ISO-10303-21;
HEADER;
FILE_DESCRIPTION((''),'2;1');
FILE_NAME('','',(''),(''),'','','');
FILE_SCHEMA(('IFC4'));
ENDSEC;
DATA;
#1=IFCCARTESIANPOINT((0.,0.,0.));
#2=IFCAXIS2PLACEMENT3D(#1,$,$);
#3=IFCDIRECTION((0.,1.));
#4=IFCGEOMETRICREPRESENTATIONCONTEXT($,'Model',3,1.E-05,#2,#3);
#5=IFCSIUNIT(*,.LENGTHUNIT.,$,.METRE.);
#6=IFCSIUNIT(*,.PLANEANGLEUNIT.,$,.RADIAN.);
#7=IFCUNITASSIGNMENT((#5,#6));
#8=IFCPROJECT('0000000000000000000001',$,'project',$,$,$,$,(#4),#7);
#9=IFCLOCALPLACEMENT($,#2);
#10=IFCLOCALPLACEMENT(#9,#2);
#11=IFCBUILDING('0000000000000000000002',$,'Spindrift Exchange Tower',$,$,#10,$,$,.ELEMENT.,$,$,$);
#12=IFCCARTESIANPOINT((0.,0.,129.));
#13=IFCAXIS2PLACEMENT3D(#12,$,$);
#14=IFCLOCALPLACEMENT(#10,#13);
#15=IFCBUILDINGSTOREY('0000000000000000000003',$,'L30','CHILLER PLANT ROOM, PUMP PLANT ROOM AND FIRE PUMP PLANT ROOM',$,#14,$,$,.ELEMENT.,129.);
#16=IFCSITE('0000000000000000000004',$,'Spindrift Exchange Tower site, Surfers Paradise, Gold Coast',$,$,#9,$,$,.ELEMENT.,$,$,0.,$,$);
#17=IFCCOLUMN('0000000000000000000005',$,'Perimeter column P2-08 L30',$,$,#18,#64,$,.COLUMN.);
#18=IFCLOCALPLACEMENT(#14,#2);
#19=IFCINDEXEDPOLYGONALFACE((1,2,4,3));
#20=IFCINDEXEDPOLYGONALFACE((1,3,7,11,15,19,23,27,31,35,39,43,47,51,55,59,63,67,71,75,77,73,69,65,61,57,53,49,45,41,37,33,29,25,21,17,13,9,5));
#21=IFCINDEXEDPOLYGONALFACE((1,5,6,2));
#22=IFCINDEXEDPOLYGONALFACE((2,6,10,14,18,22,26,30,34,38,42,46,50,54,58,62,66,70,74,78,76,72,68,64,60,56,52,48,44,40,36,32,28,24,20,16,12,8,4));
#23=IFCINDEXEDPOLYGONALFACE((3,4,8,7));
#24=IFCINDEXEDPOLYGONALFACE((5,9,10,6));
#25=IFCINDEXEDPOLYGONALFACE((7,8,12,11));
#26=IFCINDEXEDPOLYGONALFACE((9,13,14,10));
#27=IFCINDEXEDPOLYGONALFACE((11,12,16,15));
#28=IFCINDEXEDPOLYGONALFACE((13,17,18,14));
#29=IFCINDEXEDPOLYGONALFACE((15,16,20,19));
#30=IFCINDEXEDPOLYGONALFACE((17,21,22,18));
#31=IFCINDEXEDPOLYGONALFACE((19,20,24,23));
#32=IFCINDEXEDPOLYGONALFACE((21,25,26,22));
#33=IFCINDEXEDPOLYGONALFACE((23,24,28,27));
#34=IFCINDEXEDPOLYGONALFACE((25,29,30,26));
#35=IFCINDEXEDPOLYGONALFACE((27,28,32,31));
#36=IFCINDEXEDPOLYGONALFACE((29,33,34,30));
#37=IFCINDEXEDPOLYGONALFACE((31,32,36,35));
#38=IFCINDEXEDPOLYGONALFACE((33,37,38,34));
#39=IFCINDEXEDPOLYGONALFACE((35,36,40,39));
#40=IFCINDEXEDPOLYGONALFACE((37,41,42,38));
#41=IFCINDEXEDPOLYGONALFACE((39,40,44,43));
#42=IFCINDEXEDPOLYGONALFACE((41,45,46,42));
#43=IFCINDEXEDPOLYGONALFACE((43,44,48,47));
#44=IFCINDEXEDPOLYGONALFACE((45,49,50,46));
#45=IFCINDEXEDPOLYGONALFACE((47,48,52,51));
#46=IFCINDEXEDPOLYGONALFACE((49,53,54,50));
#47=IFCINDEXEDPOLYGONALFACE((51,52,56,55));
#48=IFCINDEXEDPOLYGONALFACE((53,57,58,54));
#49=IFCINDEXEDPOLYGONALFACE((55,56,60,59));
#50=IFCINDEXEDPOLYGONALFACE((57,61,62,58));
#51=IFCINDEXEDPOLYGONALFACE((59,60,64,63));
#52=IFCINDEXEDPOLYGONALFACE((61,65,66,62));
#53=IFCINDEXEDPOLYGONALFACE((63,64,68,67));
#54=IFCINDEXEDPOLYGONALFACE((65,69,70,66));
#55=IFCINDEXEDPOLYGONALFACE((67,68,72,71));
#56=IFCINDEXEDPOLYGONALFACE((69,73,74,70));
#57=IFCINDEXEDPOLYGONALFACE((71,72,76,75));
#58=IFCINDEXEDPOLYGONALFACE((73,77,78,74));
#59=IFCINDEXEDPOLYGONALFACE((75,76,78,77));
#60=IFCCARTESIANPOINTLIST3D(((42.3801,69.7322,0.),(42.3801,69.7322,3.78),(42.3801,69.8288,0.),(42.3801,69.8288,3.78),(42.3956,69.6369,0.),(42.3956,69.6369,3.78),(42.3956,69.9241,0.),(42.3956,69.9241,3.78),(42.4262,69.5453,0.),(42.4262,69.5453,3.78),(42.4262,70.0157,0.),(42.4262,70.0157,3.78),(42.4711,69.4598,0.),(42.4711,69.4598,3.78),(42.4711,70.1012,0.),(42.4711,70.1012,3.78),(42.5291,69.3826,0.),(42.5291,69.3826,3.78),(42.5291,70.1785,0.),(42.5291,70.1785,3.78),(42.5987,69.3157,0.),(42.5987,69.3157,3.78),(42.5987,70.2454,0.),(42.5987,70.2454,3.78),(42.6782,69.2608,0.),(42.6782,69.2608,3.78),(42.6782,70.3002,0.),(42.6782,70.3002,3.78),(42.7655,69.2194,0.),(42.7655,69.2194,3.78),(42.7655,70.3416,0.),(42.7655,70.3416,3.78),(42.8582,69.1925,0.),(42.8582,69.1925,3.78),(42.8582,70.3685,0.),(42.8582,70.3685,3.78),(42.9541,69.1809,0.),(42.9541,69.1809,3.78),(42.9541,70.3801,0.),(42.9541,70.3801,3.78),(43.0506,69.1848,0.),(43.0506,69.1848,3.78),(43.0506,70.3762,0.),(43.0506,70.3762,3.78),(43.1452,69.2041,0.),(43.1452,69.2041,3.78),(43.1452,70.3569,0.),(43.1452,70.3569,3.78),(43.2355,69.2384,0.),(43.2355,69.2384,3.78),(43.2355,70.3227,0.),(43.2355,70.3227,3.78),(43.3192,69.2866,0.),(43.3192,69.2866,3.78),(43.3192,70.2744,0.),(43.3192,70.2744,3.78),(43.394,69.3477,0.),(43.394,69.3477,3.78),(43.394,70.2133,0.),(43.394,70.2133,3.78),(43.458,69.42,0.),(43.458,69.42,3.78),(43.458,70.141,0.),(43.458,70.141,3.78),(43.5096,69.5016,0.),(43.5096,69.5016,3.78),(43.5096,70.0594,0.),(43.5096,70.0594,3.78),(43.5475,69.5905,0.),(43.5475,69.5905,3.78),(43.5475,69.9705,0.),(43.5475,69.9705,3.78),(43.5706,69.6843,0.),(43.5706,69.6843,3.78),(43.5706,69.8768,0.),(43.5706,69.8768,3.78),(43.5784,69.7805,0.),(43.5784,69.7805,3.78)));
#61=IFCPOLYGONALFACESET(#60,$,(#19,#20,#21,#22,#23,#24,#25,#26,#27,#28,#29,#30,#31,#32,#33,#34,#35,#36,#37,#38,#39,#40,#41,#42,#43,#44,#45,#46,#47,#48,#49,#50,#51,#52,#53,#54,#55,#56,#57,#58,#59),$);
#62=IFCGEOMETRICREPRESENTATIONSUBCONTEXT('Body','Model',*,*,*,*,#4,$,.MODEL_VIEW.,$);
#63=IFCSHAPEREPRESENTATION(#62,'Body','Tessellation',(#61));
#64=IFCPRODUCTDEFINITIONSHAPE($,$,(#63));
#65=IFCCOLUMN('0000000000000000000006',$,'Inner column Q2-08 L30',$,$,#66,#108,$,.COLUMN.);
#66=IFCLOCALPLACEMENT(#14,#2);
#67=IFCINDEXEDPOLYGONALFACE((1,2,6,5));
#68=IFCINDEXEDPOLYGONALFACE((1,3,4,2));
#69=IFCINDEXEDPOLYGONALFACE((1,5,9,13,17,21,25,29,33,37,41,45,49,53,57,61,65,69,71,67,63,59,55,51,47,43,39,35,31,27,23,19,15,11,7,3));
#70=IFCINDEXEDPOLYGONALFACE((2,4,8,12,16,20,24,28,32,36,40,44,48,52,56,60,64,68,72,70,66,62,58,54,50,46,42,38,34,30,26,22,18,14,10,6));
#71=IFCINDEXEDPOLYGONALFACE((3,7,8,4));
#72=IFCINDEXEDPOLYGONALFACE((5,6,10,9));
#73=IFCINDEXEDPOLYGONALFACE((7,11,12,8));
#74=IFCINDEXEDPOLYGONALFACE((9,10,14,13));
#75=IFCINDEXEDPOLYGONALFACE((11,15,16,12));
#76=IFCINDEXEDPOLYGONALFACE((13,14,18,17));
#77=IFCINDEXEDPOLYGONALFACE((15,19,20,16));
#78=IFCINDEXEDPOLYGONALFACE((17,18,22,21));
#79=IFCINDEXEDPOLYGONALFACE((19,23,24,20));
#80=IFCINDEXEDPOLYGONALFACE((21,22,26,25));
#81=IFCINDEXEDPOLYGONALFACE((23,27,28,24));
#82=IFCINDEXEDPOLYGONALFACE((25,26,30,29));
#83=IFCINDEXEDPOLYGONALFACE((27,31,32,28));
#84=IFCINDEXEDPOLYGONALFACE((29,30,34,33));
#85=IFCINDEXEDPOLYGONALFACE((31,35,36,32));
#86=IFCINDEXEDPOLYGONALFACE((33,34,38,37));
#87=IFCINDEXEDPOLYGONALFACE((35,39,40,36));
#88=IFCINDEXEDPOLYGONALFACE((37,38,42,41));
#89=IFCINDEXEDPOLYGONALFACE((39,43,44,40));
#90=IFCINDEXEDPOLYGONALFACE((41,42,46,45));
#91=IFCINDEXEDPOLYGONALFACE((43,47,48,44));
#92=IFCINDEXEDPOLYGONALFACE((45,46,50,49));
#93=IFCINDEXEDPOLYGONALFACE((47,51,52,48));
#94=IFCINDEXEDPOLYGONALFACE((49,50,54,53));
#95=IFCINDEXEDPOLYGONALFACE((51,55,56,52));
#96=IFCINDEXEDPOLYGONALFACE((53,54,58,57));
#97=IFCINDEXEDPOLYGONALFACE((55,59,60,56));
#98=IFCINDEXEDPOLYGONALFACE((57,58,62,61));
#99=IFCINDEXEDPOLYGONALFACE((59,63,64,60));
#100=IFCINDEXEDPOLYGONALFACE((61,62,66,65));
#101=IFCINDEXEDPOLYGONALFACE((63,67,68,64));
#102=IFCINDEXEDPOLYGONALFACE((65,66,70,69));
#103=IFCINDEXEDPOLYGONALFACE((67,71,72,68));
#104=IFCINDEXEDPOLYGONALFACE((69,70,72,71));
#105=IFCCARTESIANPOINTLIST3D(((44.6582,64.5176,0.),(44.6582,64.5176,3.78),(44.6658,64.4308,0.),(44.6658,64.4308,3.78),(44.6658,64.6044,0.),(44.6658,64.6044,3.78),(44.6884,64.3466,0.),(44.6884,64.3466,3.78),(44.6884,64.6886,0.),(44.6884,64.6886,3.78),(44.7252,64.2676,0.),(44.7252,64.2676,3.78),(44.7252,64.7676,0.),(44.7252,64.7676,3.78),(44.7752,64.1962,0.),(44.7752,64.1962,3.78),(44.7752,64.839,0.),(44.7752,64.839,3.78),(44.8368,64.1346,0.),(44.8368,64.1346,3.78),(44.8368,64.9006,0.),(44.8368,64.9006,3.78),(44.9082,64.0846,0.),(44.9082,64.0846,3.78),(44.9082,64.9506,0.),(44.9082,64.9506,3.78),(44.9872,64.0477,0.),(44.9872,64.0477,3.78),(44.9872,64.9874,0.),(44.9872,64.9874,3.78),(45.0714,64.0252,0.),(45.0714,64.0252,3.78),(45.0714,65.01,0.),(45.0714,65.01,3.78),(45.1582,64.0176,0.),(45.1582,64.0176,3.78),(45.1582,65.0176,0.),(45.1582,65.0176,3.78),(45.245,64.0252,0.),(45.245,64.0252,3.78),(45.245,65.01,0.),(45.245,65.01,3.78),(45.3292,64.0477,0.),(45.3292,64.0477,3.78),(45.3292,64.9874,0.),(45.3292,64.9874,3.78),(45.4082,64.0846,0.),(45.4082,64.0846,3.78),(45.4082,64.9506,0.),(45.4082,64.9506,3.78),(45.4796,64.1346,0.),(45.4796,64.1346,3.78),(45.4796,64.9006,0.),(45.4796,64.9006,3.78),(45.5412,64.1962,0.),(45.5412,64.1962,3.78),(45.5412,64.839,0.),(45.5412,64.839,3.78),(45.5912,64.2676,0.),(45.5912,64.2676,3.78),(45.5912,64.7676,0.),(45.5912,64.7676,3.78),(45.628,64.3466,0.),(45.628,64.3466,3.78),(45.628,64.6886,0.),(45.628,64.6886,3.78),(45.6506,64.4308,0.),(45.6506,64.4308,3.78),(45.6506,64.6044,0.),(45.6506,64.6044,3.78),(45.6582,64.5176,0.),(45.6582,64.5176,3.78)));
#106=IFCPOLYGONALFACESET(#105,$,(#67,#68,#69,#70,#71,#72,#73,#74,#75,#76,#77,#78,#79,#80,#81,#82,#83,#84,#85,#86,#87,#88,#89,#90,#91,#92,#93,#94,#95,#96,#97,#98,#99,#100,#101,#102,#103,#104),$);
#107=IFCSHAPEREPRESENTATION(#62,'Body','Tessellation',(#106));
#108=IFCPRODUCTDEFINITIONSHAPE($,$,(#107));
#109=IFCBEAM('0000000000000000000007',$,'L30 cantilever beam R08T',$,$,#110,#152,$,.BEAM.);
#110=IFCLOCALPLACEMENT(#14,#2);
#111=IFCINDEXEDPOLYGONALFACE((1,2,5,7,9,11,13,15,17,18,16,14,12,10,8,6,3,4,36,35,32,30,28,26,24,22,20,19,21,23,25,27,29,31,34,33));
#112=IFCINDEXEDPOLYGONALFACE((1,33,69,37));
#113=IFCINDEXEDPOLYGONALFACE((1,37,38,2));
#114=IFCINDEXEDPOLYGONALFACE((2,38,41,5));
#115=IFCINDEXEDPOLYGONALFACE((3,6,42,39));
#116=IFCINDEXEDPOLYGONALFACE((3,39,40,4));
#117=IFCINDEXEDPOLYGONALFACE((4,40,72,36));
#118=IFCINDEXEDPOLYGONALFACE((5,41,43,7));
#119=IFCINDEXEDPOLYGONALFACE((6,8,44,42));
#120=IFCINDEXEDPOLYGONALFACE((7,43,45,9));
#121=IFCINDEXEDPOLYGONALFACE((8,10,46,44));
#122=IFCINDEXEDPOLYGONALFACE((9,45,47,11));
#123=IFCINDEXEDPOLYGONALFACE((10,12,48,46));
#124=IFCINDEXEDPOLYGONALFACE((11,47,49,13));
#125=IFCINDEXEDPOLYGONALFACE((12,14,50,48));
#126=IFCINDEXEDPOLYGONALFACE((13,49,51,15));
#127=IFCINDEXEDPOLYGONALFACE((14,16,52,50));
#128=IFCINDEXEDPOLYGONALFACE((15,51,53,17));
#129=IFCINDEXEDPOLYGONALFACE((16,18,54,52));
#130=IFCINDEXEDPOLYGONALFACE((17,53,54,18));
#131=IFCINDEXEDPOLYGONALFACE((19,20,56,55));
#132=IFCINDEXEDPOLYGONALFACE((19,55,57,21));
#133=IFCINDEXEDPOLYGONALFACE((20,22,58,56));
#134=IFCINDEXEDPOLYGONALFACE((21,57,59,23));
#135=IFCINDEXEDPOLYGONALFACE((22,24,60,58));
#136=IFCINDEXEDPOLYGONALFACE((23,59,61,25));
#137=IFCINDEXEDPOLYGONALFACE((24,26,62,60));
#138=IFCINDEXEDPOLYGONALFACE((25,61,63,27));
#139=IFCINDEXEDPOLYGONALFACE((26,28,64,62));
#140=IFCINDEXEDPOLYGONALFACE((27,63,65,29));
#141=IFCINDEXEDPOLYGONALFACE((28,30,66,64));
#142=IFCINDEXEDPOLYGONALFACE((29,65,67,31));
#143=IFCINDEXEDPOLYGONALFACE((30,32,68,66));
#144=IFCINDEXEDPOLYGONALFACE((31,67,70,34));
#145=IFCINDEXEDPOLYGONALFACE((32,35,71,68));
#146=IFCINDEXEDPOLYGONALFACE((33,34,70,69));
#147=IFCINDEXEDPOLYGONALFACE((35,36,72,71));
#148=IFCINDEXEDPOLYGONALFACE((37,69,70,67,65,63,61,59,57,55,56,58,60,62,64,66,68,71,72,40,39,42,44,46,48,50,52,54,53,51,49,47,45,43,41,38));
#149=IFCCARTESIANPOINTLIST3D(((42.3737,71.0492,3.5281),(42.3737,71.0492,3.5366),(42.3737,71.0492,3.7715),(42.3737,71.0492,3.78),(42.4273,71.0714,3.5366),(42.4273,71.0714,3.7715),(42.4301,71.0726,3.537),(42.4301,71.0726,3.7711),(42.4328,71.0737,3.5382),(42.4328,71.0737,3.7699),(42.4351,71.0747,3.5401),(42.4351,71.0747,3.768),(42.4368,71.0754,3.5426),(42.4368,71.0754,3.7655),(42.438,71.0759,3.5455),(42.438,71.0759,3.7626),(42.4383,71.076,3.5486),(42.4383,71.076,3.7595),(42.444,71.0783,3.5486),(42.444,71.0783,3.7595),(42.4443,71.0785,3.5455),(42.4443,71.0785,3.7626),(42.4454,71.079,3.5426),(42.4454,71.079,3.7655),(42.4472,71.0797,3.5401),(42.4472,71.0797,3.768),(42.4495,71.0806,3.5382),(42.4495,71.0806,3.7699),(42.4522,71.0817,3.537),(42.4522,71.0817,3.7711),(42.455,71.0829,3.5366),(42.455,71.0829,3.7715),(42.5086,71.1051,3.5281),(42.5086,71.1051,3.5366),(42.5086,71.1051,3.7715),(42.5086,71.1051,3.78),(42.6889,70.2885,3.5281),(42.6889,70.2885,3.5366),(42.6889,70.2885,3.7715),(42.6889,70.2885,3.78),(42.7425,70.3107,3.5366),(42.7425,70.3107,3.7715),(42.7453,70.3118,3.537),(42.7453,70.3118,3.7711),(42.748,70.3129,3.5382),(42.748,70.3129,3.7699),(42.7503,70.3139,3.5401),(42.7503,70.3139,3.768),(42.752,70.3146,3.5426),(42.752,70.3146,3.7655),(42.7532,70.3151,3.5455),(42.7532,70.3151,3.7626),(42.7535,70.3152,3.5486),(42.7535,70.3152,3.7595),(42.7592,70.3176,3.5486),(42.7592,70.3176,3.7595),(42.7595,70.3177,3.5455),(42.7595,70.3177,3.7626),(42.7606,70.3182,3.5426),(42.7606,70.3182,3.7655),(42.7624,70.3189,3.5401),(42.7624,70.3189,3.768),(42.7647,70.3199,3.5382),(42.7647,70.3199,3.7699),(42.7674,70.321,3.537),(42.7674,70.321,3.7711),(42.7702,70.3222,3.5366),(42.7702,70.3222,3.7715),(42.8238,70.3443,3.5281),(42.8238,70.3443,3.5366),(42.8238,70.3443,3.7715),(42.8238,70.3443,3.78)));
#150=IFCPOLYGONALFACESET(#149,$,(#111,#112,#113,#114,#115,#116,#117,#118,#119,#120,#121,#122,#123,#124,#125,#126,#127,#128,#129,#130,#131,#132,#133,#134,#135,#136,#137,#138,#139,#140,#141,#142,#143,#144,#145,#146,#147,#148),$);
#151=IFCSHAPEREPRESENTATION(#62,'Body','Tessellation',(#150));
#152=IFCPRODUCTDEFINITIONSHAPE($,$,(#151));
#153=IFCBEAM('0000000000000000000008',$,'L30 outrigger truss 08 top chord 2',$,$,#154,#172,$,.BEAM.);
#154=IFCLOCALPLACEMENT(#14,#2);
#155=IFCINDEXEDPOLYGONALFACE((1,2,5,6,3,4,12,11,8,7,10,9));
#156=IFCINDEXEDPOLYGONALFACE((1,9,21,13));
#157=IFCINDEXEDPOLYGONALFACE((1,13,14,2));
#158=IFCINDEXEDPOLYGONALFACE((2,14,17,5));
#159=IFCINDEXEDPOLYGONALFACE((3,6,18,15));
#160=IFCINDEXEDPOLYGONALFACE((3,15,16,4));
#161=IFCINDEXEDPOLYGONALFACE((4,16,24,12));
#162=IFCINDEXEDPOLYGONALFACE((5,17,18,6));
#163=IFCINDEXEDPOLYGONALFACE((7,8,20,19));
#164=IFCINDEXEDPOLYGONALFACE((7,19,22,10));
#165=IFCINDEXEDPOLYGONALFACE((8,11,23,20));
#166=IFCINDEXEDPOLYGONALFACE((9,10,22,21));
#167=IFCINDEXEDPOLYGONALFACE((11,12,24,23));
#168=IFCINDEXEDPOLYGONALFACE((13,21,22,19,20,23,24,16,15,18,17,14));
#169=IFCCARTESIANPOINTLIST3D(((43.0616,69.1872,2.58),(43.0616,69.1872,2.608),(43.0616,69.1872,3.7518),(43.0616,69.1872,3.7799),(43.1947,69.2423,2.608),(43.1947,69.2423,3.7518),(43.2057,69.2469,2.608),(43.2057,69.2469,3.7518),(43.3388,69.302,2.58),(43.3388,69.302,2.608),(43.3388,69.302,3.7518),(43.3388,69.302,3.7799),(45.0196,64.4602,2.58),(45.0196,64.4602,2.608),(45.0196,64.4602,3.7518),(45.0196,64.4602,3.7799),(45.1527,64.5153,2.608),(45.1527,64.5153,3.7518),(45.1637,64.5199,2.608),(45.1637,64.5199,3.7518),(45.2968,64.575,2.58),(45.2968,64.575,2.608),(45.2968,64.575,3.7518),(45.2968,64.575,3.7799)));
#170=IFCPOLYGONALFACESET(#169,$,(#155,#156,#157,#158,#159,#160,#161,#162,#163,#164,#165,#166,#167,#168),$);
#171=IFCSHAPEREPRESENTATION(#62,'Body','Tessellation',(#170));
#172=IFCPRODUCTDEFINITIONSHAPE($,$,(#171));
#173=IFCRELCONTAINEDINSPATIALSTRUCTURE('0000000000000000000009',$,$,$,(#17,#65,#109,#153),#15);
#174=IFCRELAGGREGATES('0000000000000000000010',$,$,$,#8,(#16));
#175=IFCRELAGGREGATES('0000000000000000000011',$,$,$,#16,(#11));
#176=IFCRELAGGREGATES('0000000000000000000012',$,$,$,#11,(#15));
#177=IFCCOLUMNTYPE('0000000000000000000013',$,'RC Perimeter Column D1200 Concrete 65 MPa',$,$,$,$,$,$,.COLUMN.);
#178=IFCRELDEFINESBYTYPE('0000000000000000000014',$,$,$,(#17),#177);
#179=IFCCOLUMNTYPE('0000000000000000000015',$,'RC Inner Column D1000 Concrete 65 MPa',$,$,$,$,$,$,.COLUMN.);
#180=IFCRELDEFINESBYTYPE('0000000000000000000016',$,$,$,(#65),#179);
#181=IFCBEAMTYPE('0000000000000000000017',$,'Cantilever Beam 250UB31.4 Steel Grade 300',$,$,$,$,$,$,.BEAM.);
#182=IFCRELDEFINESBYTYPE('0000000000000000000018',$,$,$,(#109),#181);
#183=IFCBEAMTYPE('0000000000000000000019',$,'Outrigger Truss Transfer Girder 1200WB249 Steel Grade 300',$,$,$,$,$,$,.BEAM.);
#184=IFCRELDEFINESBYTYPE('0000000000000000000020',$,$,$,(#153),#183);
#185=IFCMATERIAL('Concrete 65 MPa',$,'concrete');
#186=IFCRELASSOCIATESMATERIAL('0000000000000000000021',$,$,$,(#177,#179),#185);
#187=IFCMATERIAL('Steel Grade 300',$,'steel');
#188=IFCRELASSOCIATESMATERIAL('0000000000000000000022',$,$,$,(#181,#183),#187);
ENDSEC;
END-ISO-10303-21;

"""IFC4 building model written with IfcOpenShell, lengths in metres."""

from ifc_helpers import new_model, si_unit, direction, frame, origin, origin_2d, place, context, subcontext, project, spatial, circle, i_section, extrude, source, transform, mapped, material, material_profile, profile_set, type_object, element, save


model = new_model("IFC4")

# Units and contexts
model_context = context("Model", 3, precision=1e-05, world=origin(), true_north=direction((0.0, 1.0)))
body_context = subcontext(model_context, "Body", "Model", "MODEL_VIEW")
ifc_project = project(units=[si_unit("LENGTHUNIT", "METRE"), si_unit("PLANEANGLEUNIT", "RADIAN")], contexts=[model_context])

# Site, building, storey
site_placement = place(None, origin())
site = spatial("IfcSite", under=ifc_project, at=site_placement, Name="Spindrift Exchange Tower site, Surfers Paradise, Gold Coast", CompositionType="ELEMENT", RefElevation=0.0)
building_placement = place(site_placement, origin())
building = spatial("IfcBuilding", under=site, at=building_placement, Name="Spindrift Exchange Tower", CompositionType="ELEMENT")
storey_placement = place(building_placement, frame((0.0, 0.0, 129.0)))
storey = spatial("IfcBuildingStorey", under=building, at=storey_placement, Name="L30", Description="CHILLER PLANT ROOM, PUMP PLANT ROOM AND FIRE PUMP PLANT ROOM", CompositionType="ELEMENT", Elevation=129.0)

# Columns
ifc_material_1 = material(Name="Concrete 65 MPa", Category="concrete")
ifc_material_profile_1 = material_profile(ifc_material_1, circle(Radius=0.6001, at=origin_2d()), Name="RC D1200")
ifc_profile_set_1 = profile_set([ifc_material_profile_1], Name="Concrete 65 MPa")
column_type_1 = type_object("IfcColumnType", Name="RC Perimeter Column D1200 Concrete 65 MPa", PredefinedType="COLUMN", material=ifc_profile_set_1)
shared_shape_1 = source(origin(), body_context, "Body", "SweptSolid", [
    extrude(circle(Radius=0.6001, at=origin_2d()), origin(), (0.0, 0.0, 1.0), 3.78),
])
column_1_placement = place(storey_placement, frame((42.9783, 69.7805, 0.0), z_axis=(0.0, 0.0, 1.0), x_axis=(1.0, 0.0, 0.0)))
element("IfcColumn", 1, at=column_1_placement, inside=storey, type_object=column_type_1, Name="Perimeter column P2-08 L30", PredefinedType="COLUMN", context=body_context, shape_type="MappedRepresentation", body=[
    mapped(shared_shape_1, transform((0.0, 0.0, 0.0), scale=1.0)),
])
ifc_material_profile_2 = material_profile(ifc_material_1, circle(Radius=0.5, at=origin_2d()), Name="RC D1000")
ifc_profile_set_2 = profile_set([ifc_material_profile_2], Name="Concrete 65 MPa")
column_type_2 = type_object("IfcColumnType", Name="RC Inner Column D1000 Concrete 65 MPa", PredefinedType="COLUMN", material=ifc_profile_set_2)
shared_shape_2 = source(origin(), body_context, "Body", "SweptSolid", [
    extrude(circle(Radius=0.5, at=origin_2d()), origin(), (0.0, 0.0, 1.0), 3.78),
])
column_2_placement = place(storey_placement, frame((45.1582, 64.5176, 0.0), z_axis=(0.0, 0.0, 1.0), x_axis=(1.0, 0.0, 0.0)))
element("IfcColumn", 2, at=column_2_placement, inside=storey, type_object=column_type_2, Name="Inner column Q2-08 L30", PredefinedType="COLUMN", context=body_context, shape_type="MappedRepresentation", body=[
    mapped(shared_shape_2, transform((0.0, 0.0, 0.0), scale=1.0)),
])

# Beams
ifc_material_2 = material(Name="Steel Grade 300", Category="steel")
ifc_material_profile_3 = material_profile(ifc_material_2, i_section(OverallWidth=0.146, OverallDepth=0.252, WebThickness=0.0061, FlangeThickness=0.0085, FilletRadius=0.012, at=origin_2d()), Name="250UB31.4")
ifc_profile_set_3 = profile_set([ifc_material_profile_3], Name="Steel Grade 300")
beam_type_1 = type_object("IfcBeamType", Name="Cantilever Beam 250UB31.4 Steel Grade 300", PredefinedType="BEAM", material=ifc_profile_set_3)
shared_shape_3 = source(origin(), body_context, "Body", "SweptSolid", [
    extrude(i_section(OverallWidth=0.146, OverallDepth=0.252, WebThickness=0.0061, FlangeThickness=0.0085, FilletRadius=0.012, at=origin_2d()), origin(), (0.0, 0.0, 1.0), 0.8235),
])
beam_1_placement = place(storey_placement, frame((42.7563, 70.3164, 3.6541), z_axis=(-0.382762, 0.923847, 0.0), x_axis=(-0.923847, -0.382762, 0.0)))
element("IfcBeam", 3, at=beam_1_placement, inside=storey, type_object=beam_type_1, Name="L30 cantilever beam R08T", PredefinedType="BEAM", context=body_context, shape_type="MappedRepresentation", body=[
    mapped(shared_shape_3, transform((0.0, 0.0, 0.0), scale=1.0)),
])
ifc_material_profile_4 = material_profile(ifc_material_2, i_section(OverallWidth=0.3, OverallDepth=1.2, WebThickness=0.012, FlangeThickness=0.0281, at=origin_2d()), Name="1200WB249")
ifc_profile_set_4 = profile_set([ifc_material_profile_4], Name="Steel Grade 300")
beam_type_2 = type_object("IfcBeamType", Name="Outrigger Truss Transfer Girder 1200WB249 Steel Grade 300", PredefinedType="BEAM", material=ifc_profile_set_4)
shared_shape_4 = source(origin(), body_context, "Body", "SweptSolid", [
    extrude(i_section(OverallWidth=0.3, OverallDepth=1.2, WebThickness=0.012, FlangeThickness=0.0281, at=origin_2d()), origin(), (0.0, 0.0, 1.0), 5.1165),
])
beam_2_placement = place(storey_placement, frame((45.1582, 64.5176, 3.1799), z_axis=(-0.382683, 0.92388, 0.0), x_axis=(-0.92388, -0.382683, 0.0)))
element("IfcBeam", 4, at=beam_2_placement, inside=storey, type_object=beam_type_2, Name="L30 outrigger truss 08 top chord 2", PredefinedType="BEAM", context=body_context, shape_type="MappedRepresentation", body=[
    mapped(shared_shape_4, transform((0.0, 0.0, 0.0), scale=1.0)),
])

save(model, "model.ifc")
